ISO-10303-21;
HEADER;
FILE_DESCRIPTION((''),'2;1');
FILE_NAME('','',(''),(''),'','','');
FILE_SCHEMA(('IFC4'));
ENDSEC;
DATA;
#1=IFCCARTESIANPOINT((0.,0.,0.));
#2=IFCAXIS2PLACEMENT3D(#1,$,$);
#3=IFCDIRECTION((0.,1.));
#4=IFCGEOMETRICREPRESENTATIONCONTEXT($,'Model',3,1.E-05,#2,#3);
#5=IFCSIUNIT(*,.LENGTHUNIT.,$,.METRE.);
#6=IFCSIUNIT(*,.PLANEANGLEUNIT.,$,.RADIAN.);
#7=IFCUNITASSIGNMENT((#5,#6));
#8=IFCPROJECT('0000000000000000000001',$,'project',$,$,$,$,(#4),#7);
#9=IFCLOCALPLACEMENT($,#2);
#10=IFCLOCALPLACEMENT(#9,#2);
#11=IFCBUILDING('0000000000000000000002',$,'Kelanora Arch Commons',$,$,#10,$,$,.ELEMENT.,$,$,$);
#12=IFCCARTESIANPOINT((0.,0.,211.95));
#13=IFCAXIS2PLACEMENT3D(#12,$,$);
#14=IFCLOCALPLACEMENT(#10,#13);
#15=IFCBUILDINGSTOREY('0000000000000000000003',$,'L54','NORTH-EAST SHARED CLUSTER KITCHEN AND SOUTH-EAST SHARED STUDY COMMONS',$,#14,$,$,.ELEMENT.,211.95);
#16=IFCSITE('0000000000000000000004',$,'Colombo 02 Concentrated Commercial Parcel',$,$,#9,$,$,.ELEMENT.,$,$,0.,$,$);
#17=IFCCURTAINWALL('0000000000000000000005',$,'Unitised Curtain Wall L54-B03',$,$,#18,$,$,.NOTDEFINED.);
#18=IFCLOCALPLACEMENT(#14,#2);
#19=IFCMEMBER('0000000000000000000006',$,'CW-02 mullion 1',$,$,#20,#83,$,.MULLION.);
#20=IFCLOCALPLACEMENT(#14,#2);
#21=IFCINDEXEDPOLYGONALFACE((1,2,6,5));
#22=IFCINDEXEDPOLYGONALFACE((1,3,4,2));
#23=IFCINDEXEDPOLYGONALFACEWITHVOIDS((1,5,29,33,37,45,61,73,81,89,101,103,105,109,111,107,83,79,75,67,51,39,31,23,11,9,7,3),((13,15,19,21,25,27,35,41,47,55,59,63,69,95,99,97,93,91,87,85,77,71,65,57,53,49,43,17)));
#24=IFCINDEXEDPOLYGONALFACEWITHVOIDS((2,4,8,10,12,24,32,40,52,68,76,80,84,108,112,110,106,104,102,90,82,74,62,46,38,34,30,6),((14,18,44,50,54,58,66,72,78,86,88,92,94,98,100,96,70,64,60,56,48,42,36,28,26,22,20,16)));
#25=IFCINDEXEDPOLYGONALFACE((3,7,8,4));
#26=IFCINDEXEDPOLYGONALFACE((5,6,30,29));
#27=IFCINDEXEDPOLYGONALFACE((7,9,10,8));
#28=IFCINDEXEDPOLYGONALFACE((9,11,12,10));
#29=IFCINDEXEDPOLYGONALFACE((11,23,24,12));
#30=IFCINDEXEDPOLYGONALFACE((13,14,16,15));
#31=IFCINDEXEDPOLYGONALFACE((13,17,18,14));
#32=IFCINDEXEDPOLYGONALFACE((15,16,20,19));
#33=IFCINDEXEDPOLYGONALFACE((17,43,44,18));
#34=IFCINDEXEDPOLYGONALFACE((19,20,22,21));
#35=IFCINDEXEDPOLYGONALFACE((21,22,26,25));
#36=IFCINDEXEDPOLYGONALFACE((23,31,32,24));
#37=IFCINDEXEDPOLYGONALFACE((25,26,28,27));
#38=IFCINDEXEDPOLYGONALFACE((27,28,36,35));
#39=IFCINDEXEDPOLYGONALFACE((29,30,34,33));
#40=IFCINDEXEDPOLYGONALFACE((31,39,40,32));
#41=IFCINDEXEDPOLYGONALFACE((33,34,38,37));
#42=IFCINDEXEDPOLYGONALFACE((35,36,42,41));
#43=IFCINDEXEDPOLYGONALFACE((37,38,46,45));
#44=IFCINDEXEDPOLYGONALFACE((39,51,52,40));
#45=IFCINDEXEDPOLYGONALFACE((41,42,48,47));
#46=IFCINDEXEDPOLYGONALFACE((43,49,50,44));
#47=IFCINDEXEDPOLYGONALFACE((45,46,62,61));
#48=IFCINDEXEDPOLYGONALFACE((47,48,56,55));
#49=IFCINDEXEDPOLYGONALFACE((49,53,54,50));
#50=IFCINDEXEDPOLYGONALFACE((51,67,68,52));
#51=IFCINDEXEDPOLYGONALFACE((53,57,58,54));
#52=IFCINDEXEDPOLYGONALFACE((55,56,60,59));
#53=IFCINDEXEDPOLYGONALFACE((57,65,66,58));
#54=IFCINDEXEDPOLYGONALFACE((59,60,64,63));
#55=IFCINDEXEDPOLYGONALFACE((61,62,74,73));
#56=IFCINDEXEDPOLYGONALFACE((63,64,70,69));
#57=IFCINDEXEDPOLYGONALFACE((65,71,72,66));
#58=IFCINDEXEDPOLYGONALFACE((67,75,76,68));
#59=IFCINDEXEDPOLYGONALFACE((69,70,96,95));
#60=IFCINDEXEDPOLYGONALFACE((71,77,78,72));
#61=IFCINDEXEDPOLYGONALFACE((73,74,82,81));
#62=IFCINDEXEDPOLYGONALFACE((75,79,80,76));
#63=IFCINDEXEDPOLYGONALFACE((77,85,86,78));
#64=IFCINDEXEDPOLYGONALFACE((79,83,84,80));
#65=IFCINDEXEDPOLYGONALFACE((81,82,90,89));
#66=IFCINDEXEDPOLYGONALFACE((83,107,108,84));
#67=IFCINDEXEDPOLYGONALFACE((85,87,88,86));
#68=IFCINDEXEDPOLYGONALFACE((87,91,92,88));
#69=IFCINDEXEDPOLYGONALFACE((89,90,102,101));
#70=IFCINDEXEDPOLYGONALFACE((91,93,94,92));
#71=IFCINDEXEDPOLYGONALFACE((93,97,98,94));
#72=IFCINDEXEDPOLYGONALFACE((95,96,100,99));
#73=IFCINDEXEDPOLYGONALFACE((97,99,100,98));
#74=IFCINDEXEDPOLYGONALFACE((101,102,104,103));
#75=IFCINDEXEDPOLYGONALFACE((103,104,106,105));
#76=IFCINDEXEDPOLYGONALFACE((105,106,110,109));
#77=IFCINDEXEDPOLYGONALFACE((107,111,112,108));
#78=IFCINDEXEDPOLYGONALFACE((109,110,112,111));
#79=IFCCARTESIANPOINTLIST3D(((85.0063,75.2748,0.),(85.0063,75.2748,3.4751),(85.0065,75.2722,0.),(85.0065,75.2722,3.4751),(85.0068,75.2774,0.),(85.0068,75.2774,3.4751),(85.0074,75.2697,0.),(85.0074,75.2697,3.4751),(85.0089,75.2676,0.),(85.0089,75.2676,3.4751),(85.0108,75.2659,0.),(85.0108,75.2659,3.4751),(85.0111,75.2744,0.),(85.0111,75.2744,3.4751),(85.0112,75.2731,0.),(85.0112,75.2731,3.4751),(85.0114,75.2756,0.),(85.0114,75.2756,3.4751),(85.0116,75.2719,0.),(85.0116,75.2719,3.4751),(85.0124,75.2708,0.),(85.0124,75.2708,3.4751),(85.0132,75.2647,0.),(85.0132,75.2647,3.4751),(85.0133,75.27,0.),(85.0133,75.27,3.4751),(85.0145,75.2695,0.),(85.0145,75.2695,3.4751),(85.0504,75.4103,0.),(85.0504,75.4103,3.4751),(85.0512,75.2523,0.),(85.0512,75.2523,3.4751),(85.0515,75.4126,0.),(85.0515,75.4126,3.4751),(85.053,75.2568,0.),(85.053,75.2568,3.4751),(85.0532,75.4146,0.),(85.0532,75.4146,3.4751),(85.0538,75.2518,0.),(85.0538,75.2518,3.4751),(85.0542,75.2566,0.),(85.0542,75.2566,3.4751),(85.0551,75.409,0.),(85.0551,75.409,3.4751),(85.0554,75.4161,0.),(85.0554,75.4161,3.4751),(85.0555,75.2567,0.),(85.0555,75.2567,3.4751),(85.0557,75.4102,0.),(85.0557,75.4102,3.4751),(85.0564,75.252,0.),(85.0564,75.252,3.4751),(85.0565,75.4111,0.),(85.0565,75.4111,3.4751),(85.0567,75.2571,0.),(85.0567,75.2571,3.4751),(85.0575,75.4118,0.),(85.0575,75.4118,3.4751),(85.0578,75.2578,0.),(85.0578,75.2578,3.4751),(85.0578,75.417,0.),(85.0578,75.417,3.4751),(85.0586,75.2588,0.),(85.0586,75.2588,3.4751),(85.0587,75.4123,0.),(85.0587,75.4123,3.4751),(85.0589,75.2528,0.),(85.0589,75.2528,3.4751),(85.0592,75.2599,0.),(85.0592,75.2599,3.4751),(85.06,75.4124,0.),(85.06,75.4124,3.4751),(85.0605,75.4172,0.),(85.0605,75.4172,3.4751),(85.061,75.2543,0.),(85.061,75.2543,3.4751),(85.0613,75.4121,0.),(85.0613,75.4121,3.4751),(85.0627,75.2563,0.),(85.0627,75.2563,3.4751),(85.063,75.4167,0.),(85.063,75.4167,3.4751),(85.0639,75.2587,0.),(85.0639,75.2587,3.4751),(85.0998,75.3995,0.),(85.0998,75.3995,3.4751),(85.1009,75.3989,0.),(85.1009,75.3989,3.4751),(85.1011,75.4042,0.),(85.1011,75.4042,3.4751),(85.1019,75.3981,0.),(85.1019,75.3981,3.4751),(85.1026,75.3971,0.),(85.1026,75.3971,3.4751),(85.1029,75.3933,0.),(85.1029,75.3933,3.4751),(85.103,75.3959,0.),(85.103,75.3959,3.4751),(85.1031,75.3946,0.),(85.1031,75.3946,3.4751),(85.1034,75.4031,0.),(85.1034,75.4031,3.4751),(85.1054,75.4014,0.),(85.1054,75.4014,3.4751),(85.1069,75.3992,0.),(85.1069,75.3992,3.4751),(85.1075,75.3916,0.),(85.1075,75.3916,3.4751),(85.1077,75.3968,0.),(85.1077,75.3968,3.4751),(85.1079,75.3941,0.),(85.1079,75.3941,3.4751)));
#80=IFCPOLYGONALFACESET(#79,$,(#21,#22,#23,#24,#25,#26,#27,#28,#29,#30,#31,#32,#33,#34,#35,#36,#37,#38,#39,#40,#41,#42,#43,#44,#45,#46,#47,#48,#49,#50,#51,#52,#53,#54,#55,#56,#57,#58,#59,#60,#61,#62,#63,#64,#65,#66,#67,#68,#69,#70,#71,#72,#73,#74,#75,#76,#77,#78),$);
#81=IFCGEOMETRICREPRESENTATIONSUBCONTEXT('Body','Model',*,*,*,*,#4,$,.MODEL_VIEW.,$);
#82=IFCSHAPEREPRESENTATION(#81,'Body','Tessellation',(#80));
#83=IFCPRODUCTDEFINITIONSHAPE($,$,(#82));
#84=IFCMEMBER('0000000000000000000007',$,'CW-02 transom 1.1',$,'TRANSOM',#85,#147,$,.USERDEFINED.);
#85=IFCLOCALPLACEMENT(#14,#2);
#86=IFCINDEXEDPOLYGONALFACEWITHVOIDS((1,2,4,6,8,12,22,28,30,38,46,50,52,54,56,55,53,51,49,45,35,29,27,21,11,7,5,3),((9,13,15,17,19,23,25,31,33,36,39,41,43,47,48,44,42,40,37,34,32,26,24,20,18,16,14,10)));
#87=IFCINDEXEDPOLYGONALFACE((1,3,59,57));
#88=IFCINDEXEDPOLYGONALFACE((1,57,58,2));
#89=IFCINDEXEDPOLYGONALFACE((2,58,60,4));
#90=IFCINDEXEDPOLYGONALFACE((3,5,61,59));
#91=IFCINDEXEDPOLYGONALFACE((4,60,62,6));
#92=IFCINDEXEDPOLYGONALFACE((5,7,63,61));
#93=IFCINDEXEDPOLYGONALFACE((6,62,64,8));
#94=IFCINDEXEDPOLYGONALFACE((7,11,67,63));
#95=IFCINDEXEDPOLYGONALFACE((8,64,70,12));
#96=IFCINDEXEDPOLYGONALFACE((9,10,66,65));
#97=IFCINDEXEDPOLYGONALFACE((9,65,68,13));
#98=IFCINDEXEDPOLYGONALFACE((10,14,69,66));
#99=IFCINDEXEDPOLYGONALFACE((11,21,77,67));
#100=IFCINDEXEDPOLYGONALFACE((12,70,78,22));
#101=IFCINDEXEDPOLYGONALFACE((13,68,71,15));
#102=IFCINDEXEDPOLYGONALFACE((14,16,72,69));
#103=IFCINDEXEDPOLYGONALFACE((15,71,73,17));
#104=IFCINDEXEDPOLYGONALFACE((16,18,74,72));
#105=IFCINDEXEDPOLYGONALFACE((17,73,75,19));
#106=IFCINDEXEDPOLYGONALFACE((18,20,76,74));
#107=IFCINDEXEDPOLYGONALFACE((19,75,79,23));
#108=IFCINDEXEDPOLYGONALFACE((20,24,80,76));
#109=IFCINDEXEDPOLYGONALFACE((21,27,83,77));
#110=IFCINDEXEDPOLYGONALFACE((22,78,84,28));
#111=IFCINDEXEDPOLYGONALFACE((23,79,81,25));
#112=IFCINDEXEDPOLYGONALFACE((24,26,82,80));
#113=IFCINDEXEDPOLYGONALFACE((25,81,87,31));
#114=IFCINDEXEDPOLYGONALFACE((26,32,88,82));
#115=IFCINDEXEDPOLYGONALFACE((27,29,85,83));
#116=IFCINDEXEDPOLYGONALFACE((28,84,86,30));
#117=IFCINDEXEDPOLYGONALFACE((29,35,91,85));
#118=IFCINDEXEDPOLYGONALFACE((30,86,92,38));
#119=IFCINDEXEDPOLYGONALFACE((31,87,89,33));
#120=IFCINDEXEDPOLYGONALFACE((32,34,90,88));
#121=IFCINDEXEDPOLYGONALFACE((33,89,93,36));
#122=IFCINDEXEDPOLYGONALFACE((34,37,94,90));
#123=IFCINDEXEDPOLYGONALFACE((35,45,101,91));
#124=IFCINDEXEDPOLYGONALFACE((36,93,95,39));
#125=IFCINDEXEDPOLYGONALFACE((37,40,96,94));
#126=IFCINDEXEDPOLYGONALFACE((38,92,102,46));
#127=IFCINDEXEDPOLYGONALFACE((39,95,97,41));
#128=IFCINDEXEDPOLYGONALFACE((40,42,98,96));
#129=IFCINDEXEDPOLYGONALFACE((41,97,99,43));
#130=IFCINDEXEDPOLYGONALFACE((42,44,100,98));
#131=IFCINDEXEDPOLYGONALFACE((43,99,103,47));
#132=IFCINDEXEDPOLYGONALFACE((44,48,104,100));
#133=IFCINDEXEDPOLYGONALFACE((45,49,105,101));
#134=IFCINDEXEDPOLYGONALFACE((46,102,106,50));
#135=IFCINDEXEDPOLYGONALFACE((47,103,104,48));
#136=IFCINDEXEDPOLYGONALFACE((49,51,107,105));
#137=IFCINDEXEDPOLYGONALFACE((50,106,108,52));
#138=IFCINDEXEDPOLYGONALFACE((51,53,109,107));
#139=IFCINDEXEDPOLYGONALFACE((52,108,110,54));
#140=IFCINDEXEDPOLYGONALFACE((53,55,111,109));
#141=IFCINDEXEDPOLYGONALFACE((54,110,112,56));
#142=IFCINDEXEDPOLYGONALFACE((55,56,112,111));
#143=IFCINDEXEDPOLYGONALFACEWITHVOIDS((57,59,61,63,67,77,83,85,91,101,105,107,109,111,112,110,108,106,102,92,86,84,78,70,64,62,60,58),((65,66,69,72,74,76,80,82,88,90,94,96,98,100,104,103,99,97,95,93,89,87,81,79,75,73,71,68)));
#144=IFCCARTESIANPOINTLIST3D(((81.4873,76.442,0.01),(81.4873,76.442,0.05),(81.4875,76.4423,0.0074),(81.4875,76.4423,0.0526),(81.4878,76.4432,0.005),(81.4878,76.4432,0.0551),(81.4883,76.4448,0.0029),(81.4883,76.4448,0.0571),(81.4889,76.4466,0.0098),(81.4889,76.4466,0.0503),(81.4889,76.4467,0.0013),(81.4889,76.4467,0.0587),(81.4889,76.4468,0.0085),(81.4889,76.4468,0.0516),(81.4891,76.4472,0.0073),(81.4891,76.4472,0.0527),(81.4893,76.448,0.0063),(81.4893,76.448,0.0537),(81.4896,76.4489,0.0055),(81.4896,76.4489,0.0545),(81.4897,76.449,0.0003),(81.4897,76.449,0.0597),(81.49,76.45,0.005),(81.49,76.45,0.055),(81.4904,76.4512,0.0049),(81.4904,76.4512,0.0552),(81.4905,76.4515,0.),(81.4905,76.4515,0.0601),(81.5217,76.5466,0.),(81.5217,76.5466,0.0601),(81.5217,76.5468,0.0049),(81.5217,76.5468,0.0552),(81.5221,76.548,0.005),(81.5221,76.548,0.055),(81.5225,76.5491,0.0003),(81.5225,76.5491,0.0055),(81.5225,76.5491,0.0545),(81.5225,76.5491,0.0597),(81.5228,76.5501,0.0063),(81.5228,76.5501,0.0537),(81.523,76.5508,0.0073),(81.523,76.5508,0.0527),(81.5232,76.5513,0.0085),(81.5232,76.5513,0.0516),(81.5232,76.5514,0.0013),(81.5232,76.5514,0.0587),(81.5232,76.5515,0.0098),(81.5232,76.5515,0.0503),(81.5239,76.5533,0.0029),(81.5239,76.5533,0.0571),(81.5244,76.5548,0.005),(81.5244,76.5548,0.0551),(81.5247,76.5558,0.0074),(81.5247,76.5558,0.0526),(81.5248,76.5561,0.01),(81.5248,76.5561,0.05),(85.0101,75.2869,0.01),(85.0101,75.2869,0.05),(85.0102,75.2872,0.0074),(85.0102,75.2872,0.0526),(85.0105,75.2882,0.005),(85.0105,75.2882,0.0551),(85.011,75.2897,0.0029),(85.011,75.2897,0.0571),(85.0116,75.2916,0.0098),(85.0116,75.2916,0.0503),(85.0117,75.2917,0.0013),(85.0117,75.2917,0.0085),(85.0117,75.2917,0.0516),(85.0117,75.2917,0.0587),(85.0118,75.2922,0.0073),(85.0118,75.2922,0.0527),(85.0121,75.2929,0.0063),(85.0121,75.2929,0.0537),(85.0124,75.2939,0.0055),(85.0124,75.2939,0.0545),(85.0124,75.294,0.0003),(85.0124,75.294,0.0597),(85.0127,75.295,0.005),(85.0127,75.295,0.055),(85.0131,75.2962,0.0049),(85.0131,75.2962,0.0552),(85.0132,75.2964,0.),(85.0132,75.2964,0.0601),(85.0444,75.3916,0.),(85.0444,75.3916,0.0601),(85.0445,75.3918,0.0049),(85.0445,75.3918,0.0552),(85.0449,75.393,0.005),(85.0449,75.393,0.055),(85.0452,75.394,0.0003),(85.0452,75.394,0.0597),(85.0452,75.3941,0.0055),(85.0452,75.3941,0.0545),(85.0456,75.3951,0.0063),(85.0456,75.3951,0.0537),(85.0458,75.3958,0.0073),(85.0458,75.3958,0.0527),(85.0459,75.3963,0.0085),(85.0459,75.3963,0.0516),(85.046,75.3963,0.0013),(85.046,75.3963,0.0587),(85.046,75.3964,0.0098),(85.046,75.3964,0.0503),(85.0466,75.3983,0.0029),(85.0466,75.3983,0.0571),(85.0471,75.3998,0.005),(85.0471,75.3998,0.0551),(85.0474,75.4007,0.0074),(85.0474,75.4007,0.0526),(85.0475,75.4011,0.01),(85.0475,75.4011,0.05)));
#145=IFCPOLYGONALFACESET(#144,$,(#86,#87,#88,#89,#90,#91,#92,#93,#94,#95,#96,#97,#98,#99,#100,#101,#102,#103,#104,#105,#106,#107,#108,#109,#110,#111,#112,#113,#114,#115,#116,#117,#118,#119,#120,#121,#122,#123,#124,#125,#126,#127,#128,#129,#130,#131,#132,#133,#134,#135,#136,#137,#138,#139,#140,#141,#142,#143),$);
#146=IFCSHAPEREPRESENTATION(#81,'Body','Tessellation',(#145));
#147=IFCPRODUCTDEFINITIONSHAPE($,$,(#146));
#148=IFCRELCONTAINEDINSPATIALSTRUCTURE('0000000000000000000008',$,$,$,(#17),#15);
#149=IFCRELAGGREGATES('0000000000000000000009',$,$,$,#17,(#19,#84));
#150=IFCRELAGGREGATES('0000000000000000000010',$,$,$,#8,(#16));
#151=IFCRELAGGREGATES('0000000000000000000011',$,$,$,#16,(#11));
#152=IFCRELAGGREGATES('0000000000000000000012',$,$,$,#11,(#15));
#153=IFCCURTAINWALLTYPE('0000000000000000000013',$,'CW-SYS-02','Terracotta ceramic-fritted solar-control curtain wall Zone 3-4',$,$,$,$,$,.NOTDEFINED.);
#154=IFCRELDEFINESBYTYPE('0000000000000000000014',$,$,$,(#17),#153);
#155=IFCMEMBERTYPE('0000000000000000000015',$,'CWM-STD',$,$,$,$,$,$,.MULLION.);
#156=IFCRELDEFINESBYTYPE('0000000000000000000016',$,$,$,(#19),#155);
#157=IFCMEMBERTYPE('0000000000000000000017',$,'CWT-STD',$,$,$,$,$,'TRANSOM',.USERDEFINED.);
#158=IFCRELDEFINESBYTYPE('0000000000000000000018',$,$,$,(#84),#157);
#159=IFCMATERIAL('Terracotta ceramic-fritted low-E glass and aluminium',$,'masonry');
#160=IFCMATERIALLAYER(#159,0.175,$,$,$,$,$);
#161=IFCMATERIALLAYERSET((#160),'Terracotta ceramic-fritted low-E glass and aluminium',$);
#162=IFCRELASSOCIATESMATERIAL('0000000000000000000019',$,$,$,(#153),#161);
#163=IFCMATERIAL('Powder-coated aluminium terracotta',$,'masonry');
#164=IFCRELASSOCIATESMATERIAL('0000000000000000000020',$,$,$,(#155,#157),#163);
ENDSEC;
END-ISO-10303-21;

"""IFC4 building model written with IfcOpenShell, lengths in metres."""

from ifc_helpers import new_model, si_unit, direction, frame, origin, origin_2d, place, context, subcontext, project, spatial, hollow_rectangle, extrude, material, layer, layer_set, material_profile, profile_set, type_object, element, aggregate, save


model = new_model("IFC4")

# Units and contexts
model_context = context("Model", 3, precision=1e-05, world=origin(), true_north=direction((0.0, 1.0)))
body_context = subcontext(model_context, "Body", "Model", "MODEL_VIEW")
ifc_project = project(units=[si_unit("LENGTHUNIT", "METRE"), si_unit("PLANEANGLEUNIT", "RADIAN")], contexts=[model_context])

# Site, building, storey
site_placement = place(None, origin())
site = spatial("IfcSite", under=ifc_project, at=site_placement, Name="Colombo 02 Concentrated Commercial Parcel", CompositionType="ELEMENT", RefElevation=0.0)
building_placement = place(site_placement, origin())
building = spatial("IfcBuilding", under=site, at=building_placement, Name="Kelanora Arch Commons", CompositionType="ELEMENT")
storey_placement = place(building_placement, frame((0.0, 0.0, 211.95)))
storey = spatial("IfcBuildingStorey", under=building, at=storey_placement, Name="L54", Description="NORTH-EAST SHARED CLUSTER KITCHEN AND SOUTH-EAST SHARED STUDY COMMONS", CompositionType="ELEMENT", Elevation=211.95)

# Shared definitions
ifc_material_1 = material(Name="Terracotta ceramic-fritted low-E glass and aluminium", Category="masonry")
ifc_layer_1 = layer(ifc_material_1, 0.175)
ifc_layer_set_1 = layer_set([ifc_layer_1], Name="Terracotta ceramic-fritted low-E glass and aluminium")
curtain_wall_type = type_object("IfcCurtainWallType", Name="CW-SYS-02", Description="Terracotta ceramic-fritted solar-control curtain wall Zone 3-4", PredefinedType="NOTDEFINED", material=ifc_layer_set_1)
ifc_material_2 = material(Name="Powder-coated aluminium terracotta", Category="masonry")
ifc_material_profile_1 = material_profile(ifc_material_2, hollow_rectangle(XDim=0.1599, YDim=0.0601, WallThickness=0.0049, InnerFilletRadius=0.0049, OuterFilletRadius=0.01, at=origin_2d()), Name="CWM160x60")
ifc_profile_set_1 = profile_set([ifc_material_profile_1], Name="Powder-coated aluminium terracotta")
member_type_1 = type_object("IfcMemberType", Name="CWM-STD", PredefinedType="MULLION", material=ifc_profile_set_1)

# Curtain wall, members
curtain_wall_1_placement = place(storey_placement, origin())
curtain_wall_1 = element("IfcCurtainWall", 1, at=curtain_wall_1_placement, inside=storey, type_object=curtain_wall_type, Name="Unitised Curtain Wall L54-B03", PredefinedType="NOTDEFINED")
member_1_placement = place(storey_placement, frame((85.0571, 75.3345, 0.0), z_axis=(0.0, 0.0, 1.0), x_axis=(-0.311582, -0.950219, 0.0)))
member_1 = element("IfcMember", 2, at=member_1_placement, type_object=member_type_1, Name="CW-02 mullion 1", PredefinedType="MULLION", context=body_context, shape_type="SweptSolid", body=[
    extrude(hollow_rectangle(XDim=0.1599, YDim=0.0601, WallThickness=0.0049, InnerFilletRadius=0.0049, OuterFilletRadius=0.01, at=origin_2d()), origin(), (0.0, 0.0, 1.0), 3.4751),
])
ifc_material_profile_2 = material_profile(ifc_material_2, hollow_rectangle(XDim=0.1201, YDim=0.0601, WallThickness=0.0049, InnerFilletRadius=0.0049, OuterFilletRadius=0.01, at=origin_2d()), Name="CWT120x60")
ifc_profile_set_2 = profile_set([ifc_material_profile_2], Name="Powder-coated aluminium terracotta")
member_type_2 = type_object("IfcMemberType", Name="CWT-STD", ElementType="TRANSOM", PredefinedType="USERDEFINED", material=ifc_profile_set_2)
member_2_placement = place(storey_placement, frame((85.0288, 75.344, 0.03), z_axis=(-0.950226, 0.311561, 0.0), x_axis=(-0.311561, -0.950226, 0.0)))
member_2 = element("IfcMember", 3, at=member_2_placement, type_object=member_type_2, Name="CW-02 transom 1.1", ObjectType="TRANSOM", PredefinedType="USERDEFINED", context=body_context, shape_type="SweptSolid", body=[
    extrude(hollow_rectangle(XDim=0.1201, YDim=0.0601, WallThickness=0.0049, InnerFilletRadius=0.0049, OuterFilletRadius=0.01, at=origin_2d()), origin(), (0.0, 0.0, 1.0), 3.7073),
])
aggregate(curtain_wall_1, [member_1, member_2])

save(model, "model.ifc")
